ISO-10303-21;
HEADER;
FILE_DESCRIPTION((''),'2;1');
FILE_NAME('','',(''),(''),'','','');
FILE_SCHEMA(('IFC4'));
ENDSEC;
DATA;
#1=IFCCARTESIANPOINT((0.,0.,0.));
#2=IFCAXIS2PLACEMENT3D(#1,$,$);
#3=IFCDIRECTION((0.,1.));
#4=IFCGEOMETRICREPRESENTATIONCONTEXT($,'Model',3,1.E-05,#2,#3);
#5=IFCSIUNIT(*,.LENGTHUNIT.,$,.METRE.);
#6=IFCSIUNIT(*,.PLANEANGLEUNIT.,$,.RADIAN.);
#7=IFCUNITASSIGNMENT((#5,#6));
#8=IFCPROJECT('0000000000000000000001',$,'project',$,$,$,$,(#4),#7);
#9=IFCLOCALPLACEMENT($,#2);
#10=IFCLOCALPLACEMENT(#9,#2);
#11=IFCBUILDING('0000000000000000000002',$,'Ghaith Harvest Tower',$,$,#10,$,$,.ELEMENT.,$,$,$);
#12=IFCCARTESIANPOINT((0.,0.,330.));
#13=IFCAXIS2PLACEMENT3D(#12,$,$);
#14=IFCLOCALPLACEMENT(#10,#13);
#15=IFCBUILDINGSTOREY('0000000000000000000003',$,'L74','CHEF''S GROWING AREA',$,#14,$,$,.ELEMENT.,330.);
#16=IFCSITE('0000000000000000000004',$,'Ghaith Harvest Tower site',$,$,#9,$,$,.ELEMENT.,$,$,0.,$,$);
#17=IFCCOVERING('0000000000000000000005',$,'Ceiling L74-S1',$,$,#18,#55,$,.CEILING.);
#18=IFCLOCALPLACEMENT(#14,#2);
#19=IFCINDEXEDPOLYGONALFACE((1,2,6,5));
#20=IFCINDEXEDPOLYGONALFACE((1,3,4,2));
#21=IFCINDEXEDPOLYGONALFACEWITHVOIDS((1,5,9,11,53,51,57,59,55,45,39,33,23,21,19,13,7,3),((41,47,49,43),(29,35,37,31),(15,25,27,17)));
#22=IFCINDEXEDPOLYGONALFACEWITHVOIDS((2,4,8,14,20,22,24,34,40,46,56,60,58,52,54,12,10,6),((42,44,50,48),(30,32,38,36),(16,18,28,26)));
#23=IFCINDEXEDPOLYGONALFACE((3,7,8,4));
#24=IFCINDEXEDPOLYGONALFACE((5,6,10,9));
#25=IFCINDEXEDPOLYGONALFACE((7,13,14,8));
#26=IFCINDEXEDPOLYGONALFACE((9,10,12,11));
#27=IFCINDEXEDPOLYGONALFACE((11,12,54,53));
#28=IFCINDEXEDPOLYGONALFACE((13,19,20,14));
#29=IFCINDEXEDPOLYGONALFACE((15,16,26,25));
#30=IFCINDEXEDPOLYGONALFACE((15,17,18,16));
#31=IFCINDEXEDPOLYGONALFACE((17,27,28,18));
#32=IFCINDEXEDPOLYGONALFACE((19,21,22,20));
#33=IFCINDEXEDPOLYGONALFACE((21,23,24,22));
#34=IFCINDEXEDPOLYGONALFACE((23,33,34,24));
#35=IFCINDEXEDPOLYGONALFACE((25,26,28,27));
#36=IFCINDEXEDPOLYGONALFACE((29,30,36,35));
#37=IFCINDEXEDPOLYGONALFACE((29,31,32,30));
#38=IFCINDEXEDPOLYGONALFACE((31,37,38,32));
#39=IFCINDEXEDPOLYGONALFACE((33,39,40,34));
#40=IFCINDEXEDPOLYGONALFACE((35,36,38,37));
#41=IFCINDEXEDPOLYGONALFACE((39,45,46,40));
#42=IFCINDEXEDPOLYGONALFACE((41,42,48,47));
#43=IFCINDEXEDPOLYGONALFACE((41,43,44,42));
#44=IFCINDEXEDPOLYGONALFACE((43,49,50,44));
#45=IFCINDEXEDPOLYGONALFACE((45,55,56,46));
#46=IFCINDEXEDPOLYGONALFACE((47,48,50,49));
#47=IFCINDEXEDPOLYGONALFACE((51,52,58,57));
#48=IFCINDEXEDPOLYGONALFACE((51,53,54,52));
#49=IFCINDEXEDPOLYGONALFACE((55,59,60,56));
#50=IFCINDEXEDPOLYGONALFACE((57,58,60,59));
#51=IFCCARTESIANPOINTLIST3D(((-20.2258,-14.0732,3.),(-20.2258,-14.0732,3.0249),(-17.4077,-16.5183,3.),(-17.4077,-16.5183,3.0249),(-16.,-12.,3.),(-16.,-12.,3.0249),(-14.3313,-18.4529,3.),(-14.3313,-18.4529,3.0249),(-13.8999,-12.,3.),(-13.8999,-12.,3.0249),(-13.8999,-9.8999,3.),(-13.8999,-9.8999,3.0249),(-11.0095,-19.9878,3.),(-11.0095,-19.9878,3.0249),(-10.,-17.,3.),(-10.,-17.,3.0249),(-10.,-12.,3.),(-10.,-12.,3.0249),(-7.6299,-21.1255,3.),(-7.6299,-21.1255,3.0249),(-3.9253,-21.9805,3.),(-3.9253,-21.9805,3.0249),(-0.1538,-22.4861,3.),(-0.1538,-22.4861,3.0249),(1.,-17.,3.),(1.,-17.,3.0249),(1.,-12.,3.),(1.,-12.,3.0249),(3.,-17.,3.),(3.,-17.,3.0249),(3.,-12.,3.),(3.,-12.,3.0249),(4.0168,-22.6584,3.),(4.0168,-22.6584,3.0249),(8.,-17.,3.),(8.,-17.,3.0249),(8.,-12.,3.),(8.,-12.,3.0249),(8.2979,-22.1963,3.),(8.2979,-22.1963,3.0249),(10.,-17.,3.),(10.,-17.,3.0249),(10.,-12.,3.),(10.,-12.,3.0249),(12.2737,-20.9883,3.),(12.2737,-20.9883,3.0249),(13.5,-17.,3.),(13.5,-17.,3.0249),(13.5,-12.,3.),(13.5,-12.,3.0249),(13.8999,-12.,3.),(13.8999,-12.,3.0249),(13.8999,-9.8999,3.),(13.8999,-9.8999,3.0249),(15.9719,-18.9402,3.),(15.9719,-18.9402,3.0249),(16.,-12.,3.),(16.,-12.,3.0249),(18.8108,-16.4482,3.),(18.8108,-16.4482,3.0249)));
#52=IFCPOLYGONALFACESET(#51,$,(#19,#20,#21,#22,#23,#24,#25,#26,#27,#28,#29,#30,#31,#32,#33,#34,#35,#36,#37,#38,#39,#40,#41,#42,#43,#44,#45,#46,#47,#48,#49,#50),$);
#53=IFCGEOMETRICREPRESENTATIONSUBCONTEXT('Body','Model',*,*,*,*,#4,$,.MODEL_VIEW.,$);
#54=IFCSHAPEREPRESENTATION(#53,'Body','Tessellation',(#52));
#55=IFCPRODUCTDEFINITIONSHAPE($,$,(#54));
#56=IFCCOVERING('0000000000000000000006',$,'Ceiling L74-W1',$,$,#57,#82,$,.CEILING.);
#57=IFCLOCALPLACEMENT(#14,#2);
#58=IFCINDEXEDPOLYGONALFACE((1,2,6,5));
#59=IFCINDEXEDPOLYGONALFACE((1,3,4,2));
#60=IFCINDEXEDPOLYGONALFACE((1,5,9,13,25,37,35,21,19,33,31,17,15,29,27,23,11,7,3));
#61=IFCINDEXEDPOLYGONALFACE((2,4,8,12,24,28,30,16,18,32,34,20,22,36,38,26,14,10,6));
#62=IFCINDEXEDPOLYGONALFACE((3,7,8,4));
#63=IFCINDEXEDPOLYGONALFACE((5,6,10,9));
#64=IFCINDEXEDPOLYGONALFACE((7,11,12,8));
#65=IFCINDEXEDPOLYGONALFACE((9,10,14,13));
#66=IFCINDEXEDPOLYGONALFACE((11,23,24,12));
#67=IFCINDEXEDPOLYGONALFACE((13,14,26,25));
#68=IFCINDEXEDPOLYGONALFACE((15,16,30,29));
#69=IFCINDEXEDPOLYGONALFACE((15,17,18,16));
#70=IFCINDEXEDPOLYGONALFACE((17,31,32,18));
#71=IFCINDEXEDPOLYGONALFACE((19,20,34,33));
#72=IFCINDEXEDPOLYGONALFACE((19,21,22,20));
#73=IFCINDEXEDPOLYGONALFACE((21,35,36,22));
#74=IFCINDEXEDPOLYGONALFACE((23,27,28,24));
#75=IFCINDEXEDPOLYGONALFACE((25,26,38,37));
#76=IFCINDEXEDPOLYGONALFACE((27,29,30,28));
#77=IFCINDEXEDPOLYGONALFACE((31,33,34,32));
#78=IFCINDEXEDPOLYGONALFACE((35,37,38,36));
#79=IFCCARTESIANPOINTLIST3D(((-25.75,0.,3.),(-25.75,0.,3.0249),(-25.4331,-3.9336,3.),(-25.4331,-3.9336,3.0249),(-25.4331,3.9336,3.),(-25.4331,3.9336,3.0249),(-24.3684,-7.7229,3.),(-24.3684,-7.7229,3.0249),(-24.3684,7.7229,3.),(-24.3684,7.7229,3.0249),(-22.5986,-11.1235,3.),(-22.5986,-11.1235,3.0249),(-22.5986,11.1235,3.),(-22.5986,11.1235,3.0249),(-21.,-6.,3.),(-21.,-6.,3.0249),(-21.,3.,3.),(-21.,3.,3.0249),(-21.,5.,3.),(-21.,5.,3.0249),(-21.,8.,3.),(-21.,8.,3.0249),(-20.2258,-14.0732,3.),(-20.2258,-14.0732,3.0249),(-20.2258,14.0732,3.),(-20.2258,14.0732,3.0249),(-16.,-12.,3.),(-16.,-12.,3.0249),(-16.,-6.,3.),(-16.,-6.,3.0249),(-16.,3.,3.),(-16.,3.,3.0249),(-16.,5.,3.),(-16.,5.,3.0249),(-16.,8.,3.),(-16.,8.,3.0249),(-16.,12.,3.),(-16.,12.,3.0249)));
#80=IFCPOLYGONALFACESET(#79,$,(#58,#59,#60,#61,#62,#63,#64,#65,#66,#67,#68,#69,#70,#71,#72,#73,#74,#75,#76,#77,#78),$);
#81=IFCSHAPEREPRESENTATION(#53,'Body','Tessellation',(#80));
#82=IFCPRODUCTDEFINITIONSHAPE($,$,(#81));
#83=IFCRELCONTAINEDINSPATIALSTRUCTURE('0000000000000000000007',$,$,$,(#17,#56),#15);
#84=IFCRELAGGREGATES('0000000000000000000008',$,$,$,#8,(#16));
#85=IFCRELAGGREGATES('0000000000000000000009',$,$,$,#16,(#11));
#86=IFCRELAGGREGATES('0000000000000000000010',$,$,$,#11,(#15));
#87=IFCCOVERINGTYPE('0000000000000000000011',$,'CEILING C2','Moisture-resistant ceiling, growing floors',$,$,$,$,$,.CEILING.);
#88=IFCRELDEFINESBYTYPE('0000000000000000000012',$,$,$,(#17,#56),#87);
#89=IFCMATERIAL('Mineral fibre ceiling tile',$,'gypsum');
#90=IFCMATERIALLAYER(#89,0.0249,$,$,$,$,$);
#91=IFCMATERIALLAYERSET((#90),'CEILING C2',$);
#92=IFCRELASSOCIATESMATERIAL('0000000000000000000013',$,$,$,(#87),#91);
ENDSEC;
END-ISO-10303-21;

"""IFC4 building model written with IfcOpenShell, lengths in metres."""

from ifc_helpers import new_model, si_unit, direction, frame, origin, place, context, subcontext, project, spatial, polyline, outline, extrude, material, layer, layer_set, type_object, element, save


model = new_model("IFC4")

# Units and contexts
model_context = context("Model", 3, precision=1e-05, world=origin(), true_north=direction((0.0, 1.0)))
body_context = subcontext(model_context, "Body", "Model", "MODEL_VIEW")
ifc_project = project(units=[si_unit("LENGTHUNIT", "METRE"), si_unit("PLANEANGLEUNIT", "RADIAN")], contexts=[model_context])

# Site, building, storey
site_placement = place(None, origin())
site = spatial("IfcSite", under=ifc_project, at=site_placement, Name="Ghaith Harvest Tower site", CompositionType="ELEMENT", RefElevation=0.0)
building_placement = place(site_placement, origin())
building = spatial("IfcBuilding", under=site, at=building_placement, Name="Ghaith Harvest Tower", CompositionType="ELEMENT")
storey_placement = place(building_placement, frame((0.0, 0.0, 330.0)))
storey = spatial("IfcBuildingStorey", under=building, at=storey_placement, Name="L74", Description="CHEF'S GROWING AREA", CompositionType="ELEMENT", Elevation=330.0)

# Coverings
ifc_material_1 = material(Name="Mineral fibre ceiling tile", Category="gypsum")
ifc_layer_1 = layer(ifc_material_1, 0.0249)
ifc_layer_set_1 = layer_set([ifc_layer_1], Name="CEILING C2")
covering_type = type_object("IfcCoveringType", Name="CEILING C2", Description="Moisture-resistant ceiling, growing floors", PredefinedType="CEILING", material=ifc_layer_set_1)
covering_1_placement = place(storey_placement, frame((0.0, 0.0, 3.0)))
element("IfcCovering", 1, at=covering_1_placement, inside=storey, type_object=covering_type, Name="Ceiling L74-S1", PredefinedType="CEILING", context=body_context, shape_type="SweptSolid", body=[
    extrude(outline(polyline([(-14.3313, -18.4529), (-17.4077, -16.5183), (-20.2258, -14.0732), (-16.0, -12.0), (-13.8999, -12.0), (-13.8999, -9.8999), (13.8999, -9.8999), (13.8999, -12.0), (16.0, -12.0), (18.8108, -16.4482), (15.9719, -18.9402), (12.2737, -20.9883), (8.2979, -22.1963), (4.0168, -22.6584), (-0.1538, -22.4861), (-3.9253, -21.9805), (-7.6299, -21.1255), (-11.0095, -19.9878), (-14.3313, -18.4529)]), holes=[polyline([(-10.0, -17.0), (1.0, -17.0), (1.0, -12.0), (-10.0, -12.0), (-10.0, -17.0)]), polyline([(3.0, -17.0), (8.0, -17.0), (8.0, -12.0), (3.0, -12.0), (3.0, -17.0)]), polyline([(10.0, -17.0), (13.5, -17.0), (13.5, -12.0), (10.0, -12.0), (10.0, -17.0)])]), origin(), (0.0, 0.0, 1.0), 0.0249),
])
covering_2_placement = place(storey_placement, frame((0.0, 0.0, 3.0)))
element("IfcCovering", 2, at=covering_2_placement, inside=storey, type_object=covering_type, Name="Ceiling L74-W1", PredefinedType="CEILING", context=body_context, shape_type="SweptSolid", body=[
    extrude(outline(polyline([(-22.5986, -11.1235), (-24.3684, -7.7229), (-25.4331, -3.9336), (-25.75, 0.0), (-25.4331, 3.9336), (-24.3684, 7.7229), (-22.5986, 11.1235), (-20.2258, 14.0732), (-16.0, 12.0), (-16.0, 8.0), (-21.0, 8.0), (-21.0, 5.0), (-16.0, 5.0), (-16.0, 3.0), (-21.0, 3.0), (-21.0, -6.0), (-16.0, -6.0), (-16.0, -12.0), (-20.2258, -14.0732), (-22.5986, -11.1235)])), origin(), (0.0, 0.0, 1.0), 0.0249),
])

save(model, "model.ifc")
